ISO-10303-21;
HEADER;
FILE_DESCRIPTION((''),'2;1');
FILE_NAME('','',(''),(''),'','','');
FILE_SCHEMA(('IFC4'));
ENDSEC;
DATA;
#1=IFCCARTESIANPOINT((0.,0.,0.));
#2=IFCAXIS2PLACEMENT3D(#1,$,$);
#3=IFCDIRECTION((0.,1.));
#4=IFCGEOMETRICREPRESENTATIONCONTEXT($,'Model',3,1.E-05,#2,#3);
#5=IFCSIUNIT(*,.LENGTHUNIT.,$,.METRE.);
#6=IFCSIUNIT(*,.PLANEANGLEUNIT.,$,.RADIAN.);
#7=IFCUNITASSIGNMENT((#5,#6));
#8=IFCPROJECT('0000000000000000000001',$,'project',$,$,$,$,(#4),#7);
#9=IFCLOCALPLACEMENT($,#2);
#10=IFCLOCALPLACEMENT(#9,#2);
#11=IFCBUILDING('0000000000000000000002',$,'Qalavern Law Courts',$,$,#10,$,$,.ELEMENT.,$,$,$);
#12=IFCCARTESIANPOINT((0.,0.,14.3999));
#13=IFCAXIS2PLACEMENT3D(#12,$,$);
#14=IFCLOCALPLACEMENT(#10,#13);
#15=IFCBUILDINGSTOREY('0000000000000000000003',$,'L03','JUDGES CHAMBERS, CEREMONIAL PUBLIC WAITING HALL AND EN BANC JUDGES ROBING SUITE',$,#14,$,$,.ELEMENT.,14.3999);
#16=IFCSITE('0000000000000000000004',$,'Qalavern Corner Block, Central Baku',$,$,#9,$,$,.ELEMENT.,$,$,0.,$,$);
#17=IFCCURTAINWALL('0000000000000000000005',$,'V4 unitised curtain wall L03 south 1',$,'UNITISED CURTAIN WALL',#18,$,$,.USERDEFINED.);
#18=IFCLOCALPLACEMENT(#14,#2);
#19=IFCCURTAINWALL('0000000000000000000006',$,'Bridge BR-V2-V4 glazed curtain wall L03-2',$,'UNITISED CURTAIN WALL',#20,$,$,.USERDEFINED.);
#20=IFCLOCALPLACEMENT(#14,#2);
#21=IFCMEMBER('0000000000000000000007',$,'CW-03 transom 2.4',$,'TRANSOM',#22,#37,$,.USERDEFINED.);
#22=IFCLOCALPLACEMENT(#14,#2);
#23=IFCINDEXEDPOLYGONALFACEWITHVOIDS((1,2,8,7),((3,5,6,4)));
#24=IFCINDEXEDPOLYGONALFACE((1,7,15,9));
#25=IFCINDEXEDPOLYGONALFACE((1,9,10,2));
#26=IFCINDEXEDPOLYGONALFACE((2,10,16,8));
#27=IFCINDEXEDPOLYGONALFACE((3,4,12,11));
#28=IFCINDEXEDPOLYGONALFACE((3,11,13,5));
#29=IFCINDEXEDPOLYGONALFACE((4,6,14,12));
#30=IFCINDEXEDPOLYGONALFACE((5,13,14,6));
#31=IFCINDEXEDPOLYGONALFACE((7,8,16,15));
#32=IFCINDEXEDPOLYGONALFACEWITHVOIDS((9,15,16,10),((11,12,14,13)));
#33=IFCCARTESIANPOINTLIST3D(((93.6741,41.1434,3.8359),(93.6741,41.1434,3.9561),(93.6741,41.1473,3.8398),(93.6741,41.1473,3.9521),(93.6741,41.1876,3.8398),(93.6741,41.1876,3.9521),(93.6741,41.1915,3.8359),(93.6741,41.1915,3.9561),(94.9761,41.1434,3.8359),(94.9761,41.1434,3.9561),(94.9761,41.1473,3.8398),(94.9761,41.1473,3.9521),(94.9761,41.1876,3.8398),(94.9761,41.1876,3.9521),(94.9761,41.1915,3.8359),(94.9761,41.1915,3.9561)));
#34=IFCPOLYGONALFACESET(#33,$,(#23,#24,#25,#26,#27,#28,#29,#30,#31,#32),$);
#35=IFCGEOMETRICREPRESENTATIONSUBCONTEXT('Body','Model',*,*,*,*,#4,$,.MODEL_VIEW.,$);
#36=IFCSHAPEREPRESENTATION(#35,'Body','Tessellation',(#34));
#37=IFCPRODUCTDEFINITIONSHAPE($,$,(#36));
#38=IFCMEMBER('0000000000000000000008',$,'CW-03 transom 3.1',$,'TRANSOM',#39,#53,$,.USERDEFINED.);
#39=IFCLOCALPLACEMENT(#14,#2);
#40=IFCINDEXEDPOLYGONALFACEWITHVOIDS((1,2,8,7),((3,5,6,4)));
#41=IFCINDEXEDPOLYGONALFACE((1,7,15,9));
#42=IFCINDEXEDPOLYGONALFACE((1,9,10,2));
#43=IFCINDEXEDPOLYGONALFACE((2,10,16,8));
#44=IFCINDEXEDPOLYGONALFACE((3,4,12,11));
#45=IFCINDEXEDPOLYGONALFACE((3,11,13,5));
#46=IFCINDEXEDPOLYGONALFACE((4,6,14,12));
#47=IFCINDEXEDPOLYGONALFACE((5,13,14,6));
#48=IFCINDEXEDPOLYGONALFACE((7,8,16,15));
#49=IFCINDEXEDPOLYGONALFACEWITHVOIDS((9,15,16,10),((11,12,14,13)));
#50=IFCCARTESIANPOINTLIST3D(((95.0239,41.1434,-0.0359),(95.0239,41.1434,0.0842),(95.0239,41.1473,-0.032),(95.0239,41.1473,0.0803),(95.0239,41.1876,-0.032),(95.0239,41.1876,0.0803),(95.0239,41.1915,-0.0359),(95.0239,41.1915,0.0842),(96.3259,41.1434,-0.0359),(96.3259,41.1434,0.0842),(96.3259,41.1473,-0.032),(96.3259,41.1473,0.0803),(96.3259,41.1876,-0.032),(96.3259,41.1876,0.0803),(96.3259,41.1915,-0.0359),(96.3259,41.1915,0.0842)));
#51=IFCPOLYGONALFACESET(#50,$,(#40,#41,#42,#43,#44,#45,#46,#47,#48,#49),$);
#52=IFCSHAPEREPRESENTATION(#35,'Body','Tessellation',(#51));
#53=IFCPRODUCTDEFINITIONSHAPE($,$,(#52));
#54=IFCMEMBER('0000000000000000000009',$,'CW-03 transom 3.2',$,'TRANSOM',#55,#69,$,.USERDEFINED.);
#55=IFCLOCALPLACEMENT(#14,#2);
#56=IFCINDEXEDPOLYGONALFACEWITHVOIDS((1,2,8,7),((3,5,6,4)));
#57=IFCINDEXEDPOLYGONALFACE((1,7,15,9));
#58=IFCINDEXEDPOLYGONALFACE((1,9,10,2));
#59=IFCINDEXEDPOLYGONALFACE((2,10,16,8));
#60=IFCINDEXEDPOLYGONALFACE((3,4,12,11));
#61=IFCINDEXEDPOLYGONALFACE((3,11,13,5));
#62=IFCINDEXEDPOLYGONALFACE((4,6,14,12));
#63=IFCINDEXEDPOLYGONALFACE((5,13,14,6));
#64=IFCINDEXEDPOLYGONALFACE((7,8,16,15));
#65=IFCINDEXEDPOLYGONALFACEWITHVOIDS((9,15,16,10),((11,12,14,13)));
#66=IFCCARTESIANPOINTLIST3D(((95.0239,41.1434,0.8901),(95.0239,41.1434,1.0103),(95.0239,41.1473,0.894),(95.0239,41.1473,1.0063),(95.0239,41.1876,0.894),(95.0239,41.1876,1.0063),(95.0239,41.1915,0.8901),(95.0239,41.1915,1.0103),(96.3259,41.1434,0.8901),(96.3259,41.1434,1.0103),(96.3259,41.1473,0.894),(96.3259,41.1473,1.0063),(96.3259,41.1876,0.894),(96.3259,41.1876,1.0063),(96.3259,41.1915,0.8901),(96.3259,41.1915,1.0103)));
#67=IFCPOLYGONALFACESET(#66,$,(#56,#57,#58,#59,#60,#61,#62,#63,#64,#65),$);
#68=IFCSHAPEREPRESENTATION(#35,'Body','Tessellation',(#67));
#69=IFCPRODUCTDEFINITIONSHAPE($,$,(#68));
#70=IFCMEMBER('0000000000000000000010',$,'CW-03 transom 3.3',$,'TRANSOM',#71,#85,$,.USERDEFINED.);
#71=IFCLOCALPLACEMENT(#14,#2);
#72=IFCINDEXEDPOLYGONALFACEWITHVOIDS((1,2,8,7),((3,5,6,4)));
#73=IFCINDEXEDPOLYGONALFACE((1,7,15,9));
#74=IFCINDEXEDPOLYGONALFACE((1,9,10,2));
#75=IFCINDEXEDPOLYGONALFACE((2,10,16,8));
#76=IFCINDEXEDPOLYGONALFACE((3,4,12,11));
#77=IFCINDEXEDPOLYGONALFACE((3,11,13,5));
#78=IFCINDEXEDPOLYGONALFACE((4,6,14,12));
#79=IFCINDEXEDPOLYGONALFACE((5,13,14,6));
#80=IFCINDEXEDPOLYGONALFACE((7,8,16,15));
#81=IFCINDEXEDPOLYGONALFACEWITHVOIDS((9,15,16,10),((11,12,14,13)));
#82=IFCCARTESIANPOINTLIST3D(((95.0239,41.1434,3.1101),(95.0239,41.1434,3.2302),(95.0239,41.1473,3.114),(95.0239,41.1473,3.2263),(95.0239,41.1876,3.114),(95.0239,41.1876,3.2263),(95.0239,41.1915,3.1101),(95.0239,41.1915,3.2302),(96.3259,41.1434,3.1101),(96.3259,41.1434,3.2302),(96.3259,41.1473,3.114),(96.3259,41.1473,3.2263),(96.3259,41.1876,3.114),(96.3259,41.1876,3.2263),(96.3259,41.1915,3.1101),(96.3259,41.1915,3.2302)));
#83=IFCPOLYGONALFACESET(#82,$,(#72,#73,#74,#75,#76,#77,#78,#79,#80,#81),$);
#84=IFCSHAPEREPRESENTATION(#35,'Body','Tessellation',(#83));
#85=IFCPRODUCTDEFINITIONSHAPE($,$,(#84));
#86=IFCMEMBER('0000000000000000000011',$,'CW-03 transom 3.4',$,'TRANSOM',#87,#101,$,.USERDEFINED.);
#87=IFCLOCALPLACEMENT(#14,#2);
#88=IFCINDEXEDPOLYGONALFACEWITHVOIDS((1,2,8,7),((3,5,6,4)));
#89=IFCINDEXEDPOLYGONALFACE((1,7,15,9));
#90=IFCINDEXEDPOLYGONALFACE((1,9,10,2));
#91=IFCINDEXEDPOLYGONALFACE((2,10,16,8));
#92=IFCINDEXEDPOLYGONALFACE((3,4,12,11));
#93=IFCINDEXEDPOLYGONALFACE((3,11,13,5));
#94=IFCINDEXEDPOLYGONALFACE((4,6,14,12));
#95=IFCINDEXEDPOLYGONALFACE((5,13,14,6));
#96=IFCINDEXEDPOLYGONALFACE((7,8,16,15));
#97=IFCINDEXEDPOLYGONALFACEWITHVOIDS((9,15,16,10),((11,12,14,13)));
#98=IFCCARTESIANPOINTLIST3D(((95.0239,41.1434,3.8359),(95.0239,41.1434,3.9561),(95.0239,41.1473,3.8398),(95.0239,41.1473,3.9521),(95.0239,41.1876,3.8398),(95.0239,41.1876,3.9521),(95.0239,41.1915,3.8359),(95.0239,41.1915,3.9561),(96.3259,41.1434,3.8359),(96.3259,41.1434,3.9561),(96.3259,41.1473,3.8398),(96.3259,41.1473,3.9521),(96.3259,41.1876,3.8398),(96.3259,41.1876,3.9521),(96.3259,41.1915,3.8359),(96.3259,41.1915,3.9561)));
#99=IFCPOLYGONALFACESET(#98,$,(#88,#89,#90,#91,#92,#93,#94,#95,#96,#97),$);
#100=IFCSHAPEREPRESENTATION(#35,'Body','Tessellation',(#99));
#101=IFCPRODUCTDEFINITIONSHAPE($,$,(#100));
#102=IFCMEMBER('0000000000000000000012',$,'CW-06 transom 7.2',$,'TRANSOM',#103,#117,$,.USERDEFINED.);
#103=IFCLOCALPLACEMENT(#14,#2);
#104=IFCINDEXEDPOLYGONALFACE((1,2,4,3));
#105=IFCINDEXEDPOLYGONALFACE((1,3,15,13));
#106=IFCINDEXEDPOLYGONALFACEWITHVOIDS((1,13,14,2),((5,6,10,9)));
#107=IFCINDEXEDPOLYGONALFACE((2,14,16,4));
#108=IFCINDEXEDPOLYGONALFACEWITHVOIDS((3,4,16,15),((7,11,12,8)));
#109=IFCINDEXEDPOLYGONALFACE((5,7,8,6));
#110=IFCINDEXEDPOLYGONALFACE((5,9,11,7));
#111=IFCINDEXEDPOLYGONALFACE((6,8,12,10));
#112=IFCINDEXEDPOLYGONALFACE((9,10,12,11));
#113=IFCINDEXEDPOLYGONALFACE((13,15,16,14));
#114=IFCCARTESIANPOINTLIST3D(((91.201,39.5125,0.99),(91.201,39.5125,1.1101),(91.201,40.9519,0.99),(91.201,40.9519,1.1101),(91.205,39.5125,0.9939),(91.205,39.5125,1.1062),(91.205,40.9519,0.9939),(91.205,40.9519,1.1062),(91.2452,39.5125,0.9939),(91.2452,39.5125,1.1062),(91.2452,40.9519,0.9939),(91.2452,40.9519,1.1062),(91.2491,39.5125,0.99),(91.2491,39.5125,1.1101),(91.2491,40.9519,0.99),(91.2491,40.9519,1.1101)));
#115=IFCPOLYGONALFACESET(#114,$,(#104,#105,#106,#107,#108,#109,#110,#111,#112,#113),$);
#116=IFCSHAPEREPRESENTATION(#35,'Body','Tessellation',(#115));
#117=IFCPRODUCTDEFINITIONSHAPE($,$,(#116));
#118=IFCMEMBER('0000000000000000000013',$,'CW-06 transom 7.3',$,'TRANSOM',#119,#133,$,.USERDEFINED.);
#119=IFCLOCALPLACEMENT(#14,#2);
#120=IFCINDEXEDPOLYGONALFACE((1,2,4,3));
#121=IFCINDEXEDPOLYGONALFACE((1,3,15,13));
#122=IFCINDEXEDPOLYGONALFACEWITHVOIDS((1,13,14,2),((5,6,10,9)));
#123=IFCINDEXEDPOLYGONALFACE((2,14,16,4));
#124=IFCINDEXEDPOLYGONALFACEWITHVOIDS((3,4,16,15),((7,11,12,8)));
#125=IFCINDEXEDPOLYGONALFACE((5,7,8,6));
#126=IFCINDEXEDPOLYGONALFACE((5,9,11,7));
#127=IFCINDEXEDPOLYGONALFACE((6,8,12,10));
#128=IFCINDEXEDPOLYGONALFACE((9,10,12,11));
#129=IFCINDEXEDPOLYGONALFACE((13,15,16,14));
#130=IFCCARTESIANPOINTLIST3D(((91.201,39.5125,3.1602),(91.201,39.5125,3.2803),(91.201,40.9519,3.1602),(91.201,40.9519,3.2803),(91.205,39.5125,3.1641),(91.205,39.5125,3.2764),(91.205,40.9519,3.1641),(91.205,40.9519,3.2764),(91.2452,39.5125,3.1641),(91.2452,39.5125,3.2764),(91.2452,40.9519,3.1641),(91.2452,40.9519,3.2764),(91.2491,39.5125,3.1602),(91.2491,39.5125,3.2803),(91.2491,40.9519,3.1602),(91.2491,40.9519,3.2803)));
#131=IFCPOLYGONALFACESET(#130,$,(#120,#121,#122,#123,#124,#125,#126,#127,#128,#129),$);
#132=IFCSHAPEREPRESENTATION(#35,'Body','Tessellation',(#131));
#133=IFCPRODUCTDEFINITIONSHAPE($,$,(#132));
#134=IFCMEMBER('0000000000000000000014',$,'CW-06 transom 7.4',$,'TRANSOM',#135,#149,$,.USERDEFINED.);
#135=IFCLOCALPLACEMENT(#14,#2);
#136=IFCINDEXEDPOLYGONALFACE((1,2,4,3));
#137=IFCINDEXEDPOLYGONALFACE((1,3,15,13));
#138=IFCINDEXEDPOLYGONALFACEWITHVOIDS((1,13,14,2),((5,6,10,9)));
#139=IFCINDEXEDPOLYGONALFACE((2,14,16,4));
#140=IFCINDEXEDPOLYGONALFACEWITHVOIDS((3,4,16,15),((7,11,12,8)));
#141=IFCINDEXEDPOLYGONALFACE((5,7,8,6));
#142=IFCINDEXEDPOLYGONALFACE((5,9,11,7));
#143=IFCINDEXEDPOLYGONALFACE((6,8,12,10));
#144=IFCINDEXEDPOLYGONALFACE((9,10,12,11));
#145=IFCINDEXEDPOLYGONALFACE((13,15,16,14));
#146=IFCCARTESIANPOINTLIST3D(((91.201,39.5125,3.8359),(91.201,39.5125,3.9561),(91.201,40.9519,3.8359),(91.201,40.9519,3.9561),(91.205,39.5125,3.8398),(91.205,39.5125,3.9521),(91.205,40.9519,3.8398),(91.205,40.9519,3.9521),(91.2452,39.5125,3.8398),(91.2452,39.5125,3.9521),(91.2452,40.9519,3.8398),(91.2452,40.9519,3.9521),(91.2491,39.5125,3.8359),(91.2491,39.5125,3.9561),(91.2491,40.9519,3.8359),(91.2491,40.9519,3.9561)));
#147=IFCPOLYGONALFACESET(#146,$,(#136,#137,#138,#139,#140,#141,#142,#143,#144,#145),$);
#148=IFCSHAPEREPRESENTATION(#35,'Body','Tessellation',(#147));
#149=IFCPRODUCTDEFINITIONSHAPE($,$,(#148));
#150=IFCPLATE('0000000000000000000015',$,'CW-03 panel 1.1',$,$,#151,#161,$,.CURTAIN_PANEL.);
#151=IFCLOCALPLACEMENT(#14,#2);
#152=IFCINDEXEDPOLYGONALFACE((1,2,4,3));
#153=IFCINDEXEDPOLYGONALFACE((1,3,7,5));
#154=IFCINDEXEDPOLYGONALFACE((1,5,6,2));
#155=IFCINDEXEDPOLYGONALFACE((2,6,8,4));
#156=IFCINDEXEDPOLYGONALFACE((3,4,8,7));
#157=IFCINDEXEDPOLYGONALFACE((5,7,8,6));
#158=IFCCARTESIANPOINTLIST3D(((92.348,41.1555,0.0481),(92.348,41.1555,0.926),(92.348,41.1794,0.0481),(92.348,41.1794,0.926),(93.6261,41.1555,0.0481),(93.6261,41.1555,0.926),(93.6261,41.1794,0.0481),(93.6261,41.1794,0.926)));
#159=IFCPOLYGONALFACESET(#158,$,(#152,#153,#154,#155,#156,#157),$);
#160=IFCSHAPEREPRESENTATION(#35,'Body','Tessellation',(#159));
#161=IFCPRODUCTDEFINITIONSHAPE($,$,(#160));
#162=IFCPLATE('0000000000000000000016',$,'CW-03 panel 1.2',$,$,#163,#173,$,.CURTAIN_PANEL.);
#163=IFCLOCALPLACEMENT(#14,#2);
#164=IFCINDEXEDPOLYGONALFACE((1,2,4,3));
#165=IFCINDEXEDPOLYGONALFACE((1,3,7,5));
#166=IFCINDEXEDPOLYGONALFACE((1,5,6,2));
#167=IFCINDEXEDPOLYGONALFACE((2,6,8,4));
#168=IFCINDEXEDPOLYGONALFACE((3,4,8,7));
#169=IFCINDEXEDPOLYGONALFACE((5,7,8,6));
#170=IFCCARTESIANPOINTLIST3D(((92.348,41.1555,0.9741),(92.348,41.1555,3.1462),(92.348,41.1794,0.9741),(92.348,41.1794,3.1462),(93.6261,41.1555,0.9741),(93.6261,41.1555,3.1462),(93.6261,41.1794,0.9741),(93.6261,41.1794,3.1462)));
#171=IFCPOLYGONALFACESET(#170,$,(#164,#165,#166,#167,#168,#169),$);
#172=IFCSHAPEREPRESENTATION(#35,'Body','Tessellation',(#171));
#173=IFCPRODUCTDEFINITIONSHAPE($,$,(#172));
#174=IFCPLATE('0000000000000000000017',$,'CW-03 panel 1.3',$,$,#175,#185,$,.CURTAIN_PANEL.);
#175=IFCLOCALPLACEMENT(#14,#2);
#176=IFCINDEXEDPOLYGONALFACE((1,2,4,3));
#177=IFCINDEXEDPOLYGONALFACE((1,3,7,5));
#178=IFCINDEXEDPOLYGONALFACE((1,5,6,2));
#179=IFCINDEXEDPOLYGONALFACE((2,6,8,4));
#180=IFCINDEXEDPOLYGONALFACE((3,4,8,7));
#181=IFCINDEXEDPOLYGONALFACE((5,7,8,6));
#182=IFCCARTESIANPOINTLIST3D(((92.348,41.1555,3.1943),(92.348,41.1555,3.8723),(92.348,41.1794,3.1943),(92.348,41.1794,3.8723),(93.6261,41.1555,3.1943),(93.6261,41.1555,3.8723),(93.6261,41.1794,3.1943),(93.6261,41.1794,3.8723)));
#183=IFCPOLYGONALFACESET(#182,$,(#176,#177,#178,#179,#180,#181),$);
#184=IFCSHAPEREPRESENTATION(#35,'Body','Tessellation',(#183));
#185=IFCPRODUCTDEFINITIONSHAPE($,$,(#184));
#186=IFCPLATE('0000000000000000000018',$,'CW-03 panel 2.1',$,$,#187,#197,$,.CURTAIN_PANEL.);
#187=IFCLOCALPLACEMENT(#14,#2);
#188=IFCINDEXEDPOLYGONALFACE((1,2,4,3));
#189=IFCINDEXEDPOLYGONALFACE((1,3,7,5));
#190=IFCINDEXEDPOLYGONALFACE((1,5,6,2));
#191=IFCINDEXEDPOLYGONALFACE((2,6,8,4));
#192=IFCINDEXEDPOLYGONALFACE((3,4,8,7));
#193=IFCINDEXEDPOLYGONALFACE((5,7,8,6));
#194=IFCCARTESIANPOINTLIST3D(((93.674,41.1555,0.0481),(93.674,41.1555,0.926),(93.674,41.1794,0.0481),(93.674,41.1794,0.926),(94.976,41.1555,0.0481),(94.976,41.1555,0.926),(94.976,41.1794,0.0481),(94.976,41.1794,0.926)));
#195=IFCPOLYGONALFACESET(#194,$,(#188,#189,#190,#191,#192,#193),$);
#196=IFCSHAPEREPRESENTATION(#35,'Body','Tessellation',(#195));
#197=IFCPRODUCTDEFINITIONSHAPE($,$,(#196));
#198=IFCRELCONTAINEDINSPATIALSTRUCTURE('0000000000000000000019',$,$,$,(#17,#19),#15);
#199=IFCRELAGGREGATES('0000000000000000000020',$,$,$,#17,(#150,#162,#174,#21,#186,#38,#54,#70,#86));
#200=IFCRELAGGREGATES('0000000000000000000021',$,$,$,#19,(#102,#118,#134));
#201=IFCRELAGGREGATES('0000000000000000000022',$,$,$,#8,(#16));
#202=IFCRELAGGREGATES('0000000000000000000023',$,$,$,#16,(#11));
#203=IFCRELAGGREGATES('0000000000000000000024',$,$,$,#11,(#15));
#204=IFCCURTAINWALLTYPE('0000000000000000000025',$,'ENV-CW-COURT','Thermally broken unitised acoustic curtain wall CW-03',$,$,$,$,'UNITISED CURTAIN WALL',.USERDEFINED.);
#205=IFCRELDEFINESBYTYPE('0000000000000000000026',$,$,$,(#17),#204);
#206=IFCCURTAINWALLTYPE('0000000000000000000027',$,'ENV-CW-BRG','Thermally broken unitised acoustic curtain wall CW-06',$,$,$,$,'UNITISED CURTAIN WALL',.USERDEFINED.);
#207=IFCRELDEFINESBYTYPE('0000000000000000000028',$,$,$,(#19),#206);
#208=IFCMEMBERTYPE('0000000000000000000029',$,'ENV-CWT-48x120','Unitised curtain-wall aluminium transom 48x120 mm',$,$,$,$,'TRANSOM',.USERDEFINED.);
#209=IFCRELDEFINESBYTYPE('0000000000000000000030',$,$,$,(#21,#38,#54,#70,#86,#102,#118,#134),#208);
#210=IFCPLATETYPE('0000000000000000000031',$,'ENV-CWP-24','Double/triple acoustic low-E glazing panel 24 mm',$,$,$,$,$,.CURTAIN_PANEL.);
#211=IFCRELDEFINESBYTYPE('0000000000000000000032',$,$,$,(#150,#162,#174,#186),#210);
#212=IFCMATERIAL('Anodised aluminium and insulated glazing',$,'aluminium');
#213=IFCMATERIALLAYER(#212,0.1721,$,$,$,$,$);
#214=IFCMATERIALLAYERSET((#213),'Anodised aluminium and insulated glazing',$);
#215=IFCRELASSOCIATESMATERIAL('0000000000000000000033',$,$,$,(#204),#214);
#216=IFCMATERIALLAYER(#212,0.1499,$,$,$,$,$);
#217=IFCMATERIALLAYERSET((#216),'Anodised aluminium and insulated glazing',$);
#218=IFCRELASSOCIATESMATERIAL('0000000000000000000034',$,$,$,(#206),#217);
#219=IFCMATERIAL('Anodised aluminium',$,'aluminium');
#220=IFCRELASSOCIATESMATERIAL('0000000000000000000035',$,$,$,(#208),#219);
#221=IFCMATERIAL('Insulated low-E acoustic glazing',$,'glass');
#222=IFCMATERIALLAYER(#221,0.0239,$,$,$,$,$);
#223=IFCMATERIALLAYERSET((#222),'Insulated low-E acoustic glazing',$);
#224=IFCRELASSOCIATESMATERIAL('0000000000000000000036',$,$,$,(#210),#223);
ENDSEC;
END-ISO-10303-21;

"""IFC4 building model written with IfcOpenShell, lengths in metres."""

from ifc_helpers import new_model, si_unit, direction, frame, origin, origin_2d, place, context, subcontext, project, spatial, rectangle, hollow_rectangle, extrude, material, layer, layer_set, material_profile, profile_set, type_object, element, aggregate, save


model = new_model("IFC4")

# Units and contexts
model_context = context("Model", 3, precision=1e-05, world=origin(), true_north=direction((0.0, 1.0)))
body_context = subcontext(model_context, "Body", "Model", "MODEL_VIEW")
ifc_project = project(units=[si_unit("LENGTHUNIT", "METRE"), si_unit("PLANEANGLEUNIT", "RADIAN")], contexts=[model_context])

# Site, building, storey
site_placement = place(None, origin())
site = spatial("IfcSite", under=ifc_project, at=site_placement, Name="Qalavern Corner Block, Central Baku", CompositionType="ELEMENT", RefElevation=0.0)
building_placement = place(site_placement, origin())
building = spatial("IfcBuilding", under=site, at=building_placement, Name="Qalavern Law Courts", CompositionType="ELEMENT")
storey_placement = place(building_placement, frame((0.0, 0.0, 14.3999)))
storey = spatial("IfcBuildingStorey", under=building, at=storey_placement, Name="L03", Description="JUDGES CHAMBERS, CEREMONIAL PUBLIC WAITING HALL AND EN BANC JUDGES ROBING SUITE", CompositionType="ELEMENT", Elevation=14.3999)

# Curtain wall
ifc_material_1 = material(Name="Anodised aluminium and insulated glazing", Category="aluminium")
ifc_layer_1 = layer(ifc_material_1, 0.1721)
ifc_layer_set_1 = layer_set([ifc_layer_1], Name="Anodised aluminium and insulated glazing")
curtain_wall_type_1 = type_object("IfcCurtainWallType", Name="ENV-CW-COURT", Description="Thermally broken unitised acoustic curtain wall CW-03", ElementType="UNITISED CURTAIN WALL", PredefinedType="USERDEFINED", material=ifc_layer_set_1)
curtain_wall_1_placement = place(storey_placement, origin())
curtain_wall_1 = element("IfcCurtainWall", 1, at=curtain_wall_1_placement, inside=storey, type_object=curtain_wall_type_1, Name="V4 unitised curtain wall L03 south 1", ObjectType="UNITISED CURTAIN WALL", PredefinedType="USERDEFINED")
ifc_material_2 = material(Name="Anodised aluminium", Category="aluminium")

# Curtain wall
ifc_layer_2 = layer(ifc_material_1, 0.1499)
ifc_layer_set_2 = layer_set([ifc_layer_2], Name="Anodised aluminium and insulated glazing")
curtain_wall_type_2 = type_object("IfcCurtainWallType", Name="ENV-CW-BRG", Description="Thermally broken unitised acoustic curtain wall CW-06", ElementType="UNITISED CURTAIN WALL", PredefinedType="USERDEFINED", material=ifc_layer_set_2)
curtain_wall_2_placement = place(storey_placement, origin())
curtain_wall_2 = element("IfcCurtainWall", 2, at=curtain_wall_2_placement, inside=storey, type_object=curtain_wall_type_2, Name="Bridge BR-V2-V4 glazed curtain wall L03-2", ObjectType="UNITISED CURTAIN WALL", PredefinedType="USERDEFINED")

# Members
ifc_material_profile_1 = material_profile(ifc_material_2, hollow_rectangle(XDim=0.0481, YDim=0.1201, WallThickness=0.0039, at=origin_2d()), Name="ALU TRANSOM 48x120")
ifc_profile_set_1 = profile_set([ifc_material_profile_1], Name="Anodised aluminium")
member_type_1 = type_object("IfcMemberType", Name="ENV-CWT-48x120", Description="Unitised curtain-wall aluminium transom 48x120 mm", ElementType="TRANSOM", PredefinedType="USERDEFINED", material=ifc_profile_set_1)
member_1_placement = place(storey_placement, frame((93.6741, 41.1675, 3.896), z_axis=(1.0, 0.0, 0.0), x_axis=(0.0, 1.0, 0.0)))
member_1 = element("IfcMember", 3, at=member_1_placement, type_object=member_type_1, Name="CW-03 transom 2.4", ObjectType="TRANSOM", PredefinedType="USERDEFINED", context=body_context, shape_type="SweptSolid", body=[
    extrude(hollow_rectangle(XDim=0.0481, YDim=0.1201, WallThickness=0.0039, at=origin_2d()), origin(), (0.0, 0.0, 1.0), 1.302),
])
member_2_placement = place(storey_placement, frame((95.0239, 41.1675, 0.0242), z_axis=(1.0, 0.0, 0.0), x_axis=(0.0, 1.0, 0.0)))
member_2 = element("IfcMember", 4, at=member_2_placement, type_object=member_type_1, Name="CW-03 transom 3.1", ObjectType="TRANSOM", PredefinedType="USERDEFINED", context=body_context, shape_type="SweptSolid", body=[
    extrude(hollow_rectangle(XDim=0.0481, YDim=0.1201, WallThickness=0.0039, at=origin_2d()), origin(), (0.0, 0.0, 1.0), 1.302),
])
member_3_placement = place(storey_placement, frame((95.0239, 41.1675, 0.9502), z_axis=(1.0, 0.0, 0.0), x_axis=(0.0, 1.0, 0.0)))
member_3 = element("IfcMember", 5, at=member_3_placement, type_object=member_type_1, Name="CW-03 transom 3.2", ObjectType="TRANSOM", PredefinedType="USERDEFINED", context=body_context, shape_type="SweptSolid", body=[
    extrude(hollow_rectangle(XDim=0.0481, YDim=0.1201, WallThickness=0.0039, at=origin_2d()), origin(), (0.0, 0.0, 1.0), 1.302),
])
member_4_placement = place(storey_placement, frame((95.0239, 41.1675, 3.1702), z_axis=(1.0, 0.0, 0.0), x_axis=(0.0, 1.0, 0.0)))
member_4 = element("IfcMember", 6, at=member_4_placement, type_object=member_type_1, Name="CW-03 transom 3.3", ObjectType="TRANSOM", PredefinedType="USERDEFINED", context=body_context, shape_type="SweptSolid", body=[
    extrude(hollow_rectangle(XDim=0.0481, YDim=0.1201, WallThickness=0.0039, at=origin_2d()), origin(), (0.0, 0.0, 1.0), 1.302),
])
member_5_placement = place(storey_placement, frame((95.0239, 41.1675, 3.896), z_axis=(1.0, 0.0, 0.0), x_axis=(0.0, 1.0, 0.0)))
member_5 = element("IfcMember", 7, at=member_5_placement, type_object=member_type_1, Name="CW-03 transom 3.4", ObjectType="TRANSOM", PredefinedType="USERDEFINED", context=body_context, shape_type="SweptSolid", body=[
    extrude(hollow_rectangle(XDim=0.0481, YDim=0.1201, WallThickness=0.0039, at=origin_2d()), origin(), (0.0, 0.0, 1.0), 1.302),
])
member_6_placement = place(storey_placement, frame((91.2251, 39.5125, 1.05), z_axis=(0.0, 1.0, 0.0), x_axis=(-1.0, 0.0, 0.0)))
member_6 = element("IfcMember", 8, at=member_6_placement, type_object=member_type_1, Name="CW-06 transom 7.2", ObjectType="TRANSOM", PredefinedType="USERDEFINED", context=body_context, shape_type="SweptSolid", body=[
    extrude(hollow_rectangle(XDim=0.0481, YDim=0.1201, WallThickness=0.0039, at=origin_2d()), origin(), (0.0, 0.0, 1.0), 1.4395),
])
member_7_placement = place(storey_placement, frame((91.2251, 39.5125, 3.2202), z_axis=(0.0, 1.0, 0.0), x_axis=(-1.0, 0.0, 0.0)))
member_7 = element("IfcMember", 9, at=member_7_placement, type_object=member_type_1, Name="CW-06 transom 7.3", ObjectType="TRANSOM", PredefinedType="USERDEFINED", context=body_context, shape_type="SweptSolid", body=[
    extrude(hollow_rectangle(XDim=0.0481, YDim=0.1201, WallThickness=0.0039, at=origin_2d()), origin(), (0.0, 0.0, 1.0), 1.4395),
])
member_8_placement = place(storey_placement, frame((91.2251, 39.5125, 3.896), z_axis=(0.0, 1.0, 0.0), x_axis=(-1.0, 0.0, 0.0)))
member_8 = element("IfcMember", 10, at=member_8_placement, type_object=member_type_1, Name="CW-06 transom 7.4", ObjectType="TRANSOM", PredefinedType="USERDEFINED", context=body_context, shape_type="SweptSolid", body=[
    extrude(hollow_rectangle(XDim=0.0481, YDim=0.1201, WallThickness=0.0039, at=origin_2d()), origin(), (0.0, 0.0, 1.0), 1.4395),
])

# Plates
ifc_material_3 = material(Name="Insulated low-E acoustic glazing", Category="glass")
ifc_layer_3 = layer(ifc_material_3, 0.0239)
ifc_layer_set_3 = layer_set([ifc_layer_3], Name="Insulated low-E acoustic glazing")
plate_type_1 = type_object("IfcPlateType", Name="ENV-CWP-24", Description="Double/triple acoustic low-E glazing panel 24 mm", PredefinedType="CURTAIN_PANEL", material=ifc_layer_set_3)
plate_1_placement = place(storey_placement, frame((92.9871, 41.1675, 0.0481), z_axis=(0.0, 0.0, 1.0), x_axis=(1.0, 0.0, 0.0)))
plate_1 = element("IfcPlate", 11, at=plate_1_placement, type_object=plate_type_1, Name="CW-03 panel 1.1", PredefinedType="CURTAIN_PANEL", context=body_context, shape_type="SweptSolid", body=[
    extrude(rectangle(XDim=1.2781, YDim=0.0239, at=origin_2d()), origin(), (0.0, 0.0, 1.0), 0.8779),
])
plate_2_placement = place(storey_placement, frame((92.9871, 41.1675, 0.9741), z_axis=(0.0, 0.0, 1.0), x_axis=(1.0, 0.0, 0.0)))
plate_2 = element("IfcPlate", 12, at=plate_2_placement, type_object=plate_type_1, Name="CW-03 panel 1.2", PredefinedType="CURTAIN_PANEL", context=body_context, shape_type="SweptSolid", body=[
    extrude(rectangle(XDim=1.2781, YDim=0.0239, at=origin_2d()), origin(), (0.0, 0.0, 1.0), 2.1721),
])
plate_3_placement = place(storey_placement, frame((92.9871, 41.1675, 3.1943), z_axis=(0.0, 0.0, 1.0), x_axis=(1.0, 0.0, 0.0)))
plate_3 = element("IfcPlate", 13, at=plate_3_placement, type_object=plate_type_1, Name="CW-03 panel 1.3", PredefinedType="CURTAIN_PANEL", context=body_context, shape_type="SweptSolid", body=[
    extrude(rectangle(XDim=1.2781, YDim=0.0239, at=origin_2d()), origin(), (0.0, 0.0, 1.0), 0.678),
])
plate_4_placement = place(storey_placement, frame((94.325, 41.1675, 0.0481), z_axis=(0.0, 0.0, 1.0), x_axis=(1.0, 0.0, 0.0)))
plate_4 = element("IfcPlate", 14, at=plate_4_placement, type_object=plate_type_1, Name="CW-03 panel 2.1", PredefinedType="CURTAIN_PANEL", context=body_context, shape_type="SweptSolid", body=[
    extrude(rectangle(XDim=1.302, YDim=0.0239, at=origin_2d()), origin(), (0.0, 0.0, 1.0), 0.8779),
])
aggregate(curtain_wall_1, [plate_1, plate_2, plate_3, member_1, plate_4, member_2, member_3, member_4, member_5])
aggregate(curtain_wall_2, [member_6, member_7, member_8])

save(model, "model.ifc")
